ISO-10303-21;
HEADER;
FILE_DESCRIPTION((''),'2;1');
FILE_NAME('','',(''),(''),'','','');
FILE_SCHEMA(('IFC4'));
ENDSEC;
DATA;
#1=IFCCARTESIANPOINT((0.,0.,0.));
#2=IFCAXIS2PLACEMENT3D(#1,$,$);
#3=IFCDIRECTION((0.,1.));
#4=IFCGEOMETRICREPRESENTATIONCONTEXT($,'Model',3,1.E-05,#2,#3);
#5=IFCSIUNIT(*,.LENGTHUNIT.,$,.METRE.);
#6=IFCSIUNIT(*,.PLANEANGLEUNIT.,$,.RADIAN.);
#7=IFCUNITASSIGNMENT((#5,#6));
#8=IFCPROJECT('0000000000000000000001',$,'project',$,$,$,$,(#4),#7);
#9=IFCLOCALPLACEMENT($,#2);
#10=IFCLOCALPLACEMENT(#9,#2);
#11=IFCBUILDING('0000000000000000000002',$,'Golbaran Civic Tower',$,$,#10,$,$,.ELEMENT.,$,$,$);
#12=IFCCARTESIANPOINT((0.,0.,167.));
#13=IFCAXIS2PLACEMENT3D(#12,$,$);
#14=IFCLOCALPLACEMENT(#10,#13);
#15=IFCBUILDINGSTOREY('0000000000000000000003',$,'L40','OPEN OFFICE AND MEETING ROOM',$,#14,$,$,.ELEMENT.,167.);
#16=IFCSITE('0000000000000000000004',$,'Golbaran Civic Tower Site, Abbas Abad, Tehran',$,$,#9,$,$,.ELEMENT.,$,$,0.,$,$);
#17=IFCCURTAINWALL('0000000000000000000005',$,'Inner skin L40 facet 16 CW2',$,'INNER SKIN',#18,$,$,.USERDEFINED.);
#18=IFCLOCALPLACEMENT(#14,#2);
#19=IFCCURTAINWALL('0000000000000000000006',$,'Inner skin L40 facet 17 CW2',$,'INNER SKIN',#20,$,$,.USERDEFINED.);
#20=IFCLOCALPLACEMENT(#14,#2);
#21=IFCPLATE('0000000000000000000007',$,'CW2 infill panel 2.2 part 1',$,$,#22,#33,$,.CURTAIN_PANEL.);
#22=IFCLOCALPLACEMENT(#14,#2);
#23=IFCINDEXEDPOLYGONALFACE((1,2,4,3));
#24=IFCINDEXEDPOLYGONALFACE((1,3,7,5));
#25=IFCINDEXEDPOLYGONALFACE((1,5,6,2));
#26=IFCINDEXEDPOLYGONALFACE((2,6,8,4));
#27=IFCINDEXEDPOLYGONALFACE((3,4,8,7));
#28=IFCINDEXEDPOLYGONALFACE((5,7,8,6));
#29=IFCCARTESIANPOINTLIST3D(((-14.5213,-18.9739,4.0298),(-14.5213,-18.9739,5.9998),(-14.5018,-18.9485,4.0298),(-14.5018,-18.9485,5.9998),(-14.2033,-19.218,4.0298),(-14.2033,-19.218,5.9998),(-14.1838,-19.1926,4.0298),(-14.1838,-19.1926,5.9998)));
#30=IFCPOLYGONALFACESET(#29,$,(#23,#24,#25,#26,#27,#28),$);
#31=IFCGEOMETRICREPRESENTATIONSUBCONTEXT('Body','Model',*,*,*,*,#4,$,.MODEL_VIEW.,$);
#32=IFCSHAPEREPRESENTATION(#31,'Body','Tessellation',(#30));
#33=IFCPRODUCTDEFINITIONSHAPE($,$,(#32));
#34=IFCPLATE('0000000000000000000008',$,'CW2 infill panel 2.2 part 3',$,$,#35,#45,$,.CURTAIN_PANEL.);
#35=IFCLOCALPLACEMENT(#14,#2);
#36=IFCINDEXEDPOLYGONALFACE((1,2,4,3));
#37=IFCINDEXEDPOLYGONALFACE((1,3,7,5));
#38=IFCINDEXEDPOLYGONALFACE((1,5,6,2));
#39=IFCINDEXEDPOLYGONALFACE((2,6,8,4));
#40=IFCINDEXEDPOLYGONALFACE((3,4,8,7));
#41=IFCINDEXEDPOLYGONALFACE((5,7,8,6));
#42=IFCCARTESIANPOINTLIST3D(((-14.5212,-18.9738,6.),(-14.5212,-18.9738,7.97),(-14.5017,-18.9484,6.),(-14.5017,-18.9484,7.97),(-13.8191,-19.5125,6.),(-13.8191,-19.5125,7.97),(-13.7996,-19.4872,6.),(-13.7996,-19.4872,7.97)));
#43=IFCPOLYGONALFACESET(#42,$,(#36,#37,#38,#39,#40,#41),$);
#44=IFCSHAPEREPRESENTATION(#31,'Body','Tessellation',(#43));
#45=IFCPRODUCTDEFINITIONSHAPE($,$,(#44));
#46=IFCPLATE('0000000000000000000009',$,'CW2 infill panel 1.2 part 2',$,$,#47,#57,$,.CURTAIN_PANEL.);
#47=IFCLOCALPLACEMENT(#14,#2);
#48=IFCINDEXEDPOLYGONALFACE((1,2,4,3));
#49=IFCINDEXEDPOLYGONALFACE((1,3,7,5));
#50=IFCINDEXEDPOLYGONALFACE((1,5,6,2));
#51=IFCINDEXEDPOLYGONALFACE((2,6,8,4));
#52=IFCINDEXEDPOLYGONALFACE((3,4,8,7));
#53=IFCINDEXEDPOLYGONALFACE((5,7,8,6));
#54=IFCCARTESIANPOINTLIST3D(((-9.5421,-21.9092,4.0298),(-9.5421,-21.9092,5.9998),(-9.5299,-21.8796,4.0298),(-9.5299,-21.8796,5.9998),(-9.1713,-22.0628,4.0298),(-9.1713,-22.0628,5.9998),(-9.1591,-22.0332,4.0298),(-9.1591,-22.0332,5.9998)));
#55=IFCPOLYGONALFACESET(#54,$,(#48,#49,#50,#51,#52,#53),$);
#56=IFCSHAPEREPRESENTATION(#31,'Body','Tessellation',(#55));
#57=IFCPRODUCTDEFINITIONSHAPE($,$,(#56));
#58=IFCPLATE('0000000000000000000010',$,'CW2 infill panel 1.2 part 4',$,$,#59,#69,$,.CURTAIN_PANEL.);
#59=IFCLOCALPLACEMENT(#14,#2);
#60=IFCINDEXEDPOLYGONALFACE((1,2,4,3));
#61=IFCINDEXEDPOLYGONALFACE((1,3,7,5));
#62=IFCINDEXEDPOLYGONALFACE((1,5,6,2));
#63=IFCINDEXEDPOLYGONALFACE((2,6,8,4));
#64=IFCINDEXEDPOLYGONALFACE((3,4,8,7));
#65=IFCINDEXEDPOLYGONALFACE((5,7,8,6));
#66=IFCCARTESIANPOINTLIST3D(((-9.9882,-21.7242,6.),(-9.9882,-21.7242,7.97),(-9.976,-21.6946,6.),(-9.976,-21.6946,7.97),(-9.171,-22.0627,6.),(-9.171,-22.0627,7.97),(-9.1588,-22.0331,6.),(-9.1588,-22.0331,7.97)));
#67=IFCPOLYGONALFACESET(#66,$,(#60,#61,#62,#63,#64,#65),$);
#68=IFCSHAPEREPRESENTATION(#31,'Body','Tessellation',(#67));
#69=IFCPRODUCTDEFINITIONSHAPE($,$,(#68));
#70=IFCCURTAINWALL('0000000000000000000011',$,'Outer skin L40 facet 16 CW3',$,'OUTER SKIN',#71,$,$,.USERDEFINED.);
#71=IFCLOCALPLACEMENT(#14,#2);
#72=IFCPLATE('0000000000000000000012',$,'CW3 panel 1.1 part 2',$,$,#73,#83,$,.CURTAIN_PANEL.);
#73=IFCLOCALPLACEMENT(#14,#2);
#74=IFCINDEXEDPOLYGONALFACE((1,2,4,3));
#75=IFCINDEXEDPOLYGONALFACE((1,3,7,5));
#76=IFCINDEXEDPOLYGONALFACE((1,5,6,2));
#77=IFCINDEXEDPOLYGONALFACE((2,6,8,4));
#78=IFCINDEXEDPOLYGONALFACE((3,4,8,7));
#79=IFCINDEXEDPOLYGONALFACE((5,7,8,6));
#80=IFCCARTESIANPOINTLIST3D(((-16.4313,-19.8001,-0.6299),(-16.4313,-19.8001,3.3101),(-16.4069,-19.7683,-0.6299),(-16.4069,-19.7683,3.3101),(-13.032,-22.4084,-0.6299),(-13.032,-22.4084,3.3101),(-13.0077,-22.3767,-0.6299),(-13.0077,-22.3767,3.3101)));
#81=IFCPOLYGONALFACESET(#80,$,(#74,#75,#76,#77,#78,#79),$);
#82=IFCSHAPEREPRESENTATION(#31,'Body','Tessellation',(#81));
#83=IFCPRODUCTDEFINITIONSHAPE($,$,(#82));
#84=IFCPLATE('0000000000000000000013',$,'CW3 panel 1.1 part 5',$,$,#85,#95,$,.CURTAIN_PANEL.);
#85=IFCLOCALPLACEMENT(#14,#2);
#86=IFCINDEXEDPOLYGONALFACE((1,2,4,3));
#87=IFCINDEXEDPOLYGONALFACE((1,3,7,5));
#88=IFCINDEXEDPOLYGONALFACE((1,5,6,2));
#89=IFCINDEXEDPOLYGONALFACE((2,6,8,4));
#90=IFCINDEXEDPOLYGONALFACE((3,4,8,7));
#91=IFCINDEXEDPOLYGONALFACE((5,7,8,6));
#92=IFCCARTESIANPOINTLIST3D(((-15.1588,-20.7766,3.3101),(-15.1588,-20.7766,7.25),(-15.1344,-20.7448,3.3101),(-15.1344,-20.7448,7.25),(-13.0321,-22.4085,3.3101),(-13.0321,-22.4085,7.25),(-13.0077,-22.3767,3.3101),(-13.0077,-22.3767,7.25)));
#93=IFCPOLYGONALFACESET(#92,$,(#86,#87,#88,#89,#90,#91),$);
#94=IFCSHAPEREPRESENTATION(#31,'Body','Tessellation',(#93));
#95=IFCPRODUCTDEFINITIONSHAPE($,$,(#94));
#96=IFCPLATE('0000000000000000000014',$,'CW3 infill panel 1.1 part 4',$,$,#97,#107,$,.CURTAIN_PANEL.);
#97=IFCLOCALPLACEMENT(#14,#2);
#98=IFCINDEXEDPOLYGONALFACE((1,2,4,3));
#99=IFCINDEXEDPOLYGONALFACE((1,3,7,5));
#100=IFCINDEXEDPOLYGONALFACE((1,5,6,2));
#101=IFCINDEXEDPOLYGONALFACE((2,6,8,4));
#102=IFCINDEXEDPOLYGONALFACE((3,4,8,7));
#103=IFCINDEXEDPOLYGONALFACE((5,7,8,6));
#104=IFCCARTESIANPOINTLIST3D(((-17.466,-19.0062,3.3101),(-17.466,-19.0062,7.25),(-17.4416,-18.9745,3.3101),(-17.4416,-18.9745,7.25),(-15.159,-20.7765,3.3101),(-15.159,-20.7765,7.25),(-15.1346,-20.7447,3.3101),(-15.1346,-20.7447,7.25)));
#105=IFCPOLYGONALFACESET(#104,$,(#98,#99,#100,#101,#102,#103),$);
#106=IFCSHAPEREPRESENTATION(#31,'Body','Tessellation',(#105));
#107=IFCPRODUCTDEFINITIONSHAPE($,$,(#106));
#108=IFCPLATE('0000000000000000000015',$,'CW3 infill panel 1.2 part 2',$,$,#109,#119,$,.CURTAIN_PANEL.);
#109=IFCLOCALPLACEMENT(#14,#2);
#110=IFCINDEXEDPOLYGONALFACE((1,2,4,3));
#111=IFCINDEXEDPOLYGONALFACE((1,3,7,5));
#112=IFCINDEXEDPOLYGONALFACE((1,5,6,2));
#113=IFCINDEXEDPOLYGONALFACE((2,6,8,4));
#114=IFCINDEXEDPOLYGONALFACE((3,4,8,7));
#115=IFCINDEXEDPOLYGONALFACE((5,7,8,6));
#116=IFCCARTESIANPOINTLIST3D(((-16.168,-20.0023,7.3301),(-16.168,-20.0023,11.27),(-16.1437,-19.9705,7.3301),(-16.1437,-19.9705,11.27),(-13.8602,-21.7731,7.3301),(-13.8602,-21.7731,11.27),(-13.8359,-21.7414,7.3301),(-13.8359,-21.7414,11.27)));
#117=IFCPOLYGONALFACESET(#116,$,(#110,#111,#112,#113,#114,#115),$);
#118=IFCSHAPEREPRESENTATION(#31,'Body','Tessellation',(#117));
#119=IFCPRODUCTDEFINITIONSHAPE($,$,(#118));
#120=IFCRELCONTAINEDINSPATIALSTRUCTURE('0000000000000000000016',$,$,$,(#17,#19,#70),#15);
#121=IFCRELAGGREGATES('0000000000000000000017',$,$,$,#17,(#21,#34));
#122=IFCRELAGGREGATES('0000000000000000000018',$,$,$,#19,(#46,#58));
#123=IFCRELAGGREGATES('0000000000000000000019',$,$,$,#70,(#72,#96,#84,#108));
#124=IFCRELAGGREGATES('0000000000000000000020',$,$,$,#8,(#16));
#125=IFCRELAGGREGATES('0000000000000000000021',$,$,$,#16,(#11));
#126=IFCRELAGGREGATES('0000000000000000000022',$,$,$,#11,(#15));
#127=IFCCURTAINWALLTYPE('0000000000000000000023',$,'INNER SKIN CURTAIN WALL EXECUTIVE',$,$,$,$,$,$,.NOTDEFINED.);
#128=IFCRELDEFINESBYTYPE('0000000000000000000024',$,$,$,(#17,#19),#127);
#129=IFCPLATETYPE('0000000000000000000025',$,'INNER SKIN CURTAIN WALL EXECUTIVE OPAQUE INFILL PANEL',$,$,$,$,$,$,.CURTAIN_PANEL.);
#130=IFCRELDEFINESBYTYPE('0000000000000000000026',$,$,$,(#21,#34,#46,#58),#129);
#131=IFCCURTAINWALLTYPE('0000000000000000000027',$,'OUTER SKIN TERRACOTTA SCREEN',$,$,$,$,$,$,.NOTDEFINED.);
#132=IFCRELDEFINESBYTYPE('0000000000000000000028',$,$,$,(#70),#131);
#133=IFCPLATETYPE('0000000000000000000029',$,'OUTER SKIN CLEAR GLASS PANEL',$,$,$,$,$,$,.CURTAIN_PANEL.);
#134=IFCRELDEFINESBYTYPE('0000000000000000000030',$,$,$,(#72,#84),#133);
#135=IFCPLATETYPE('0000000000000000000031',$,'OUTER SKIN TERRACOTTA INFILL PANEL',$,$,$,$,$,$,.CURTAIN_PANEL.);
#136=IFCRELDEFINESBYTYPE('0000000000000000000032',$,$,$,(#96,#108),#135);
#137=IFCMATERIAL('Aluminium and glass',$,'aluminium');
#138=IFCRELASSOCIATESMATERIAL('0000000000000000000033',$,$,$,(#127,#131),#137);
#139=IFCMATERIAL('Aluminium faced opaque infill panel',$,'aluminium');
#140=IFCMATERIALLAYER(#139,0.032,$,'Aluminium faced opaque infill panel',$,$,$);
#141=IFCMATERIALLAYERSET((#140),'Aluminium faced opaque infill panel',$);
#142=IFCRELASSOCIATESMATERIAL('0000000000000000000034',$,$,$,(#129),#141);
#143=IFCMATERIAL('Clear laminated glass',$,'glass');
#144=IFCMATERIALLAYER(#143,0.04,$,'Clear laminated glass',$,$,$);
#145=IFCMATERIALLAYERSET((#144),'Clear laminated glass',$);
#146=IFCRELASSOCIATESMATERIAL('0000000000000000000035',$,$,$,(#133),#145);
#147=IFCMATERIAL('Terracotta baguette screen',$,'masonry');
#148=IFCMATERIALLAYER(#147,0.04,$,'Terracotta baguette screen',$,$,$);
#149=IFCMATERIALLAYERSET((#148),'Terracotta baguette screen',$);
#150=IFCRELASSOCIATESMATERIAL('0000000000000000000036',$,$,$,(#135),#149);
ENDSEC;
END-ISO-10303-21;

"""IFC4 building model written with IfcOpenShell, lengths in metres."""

from ifc_helpers import new_model, si_unit, direction, frame, origin, origin_2d, place, context, subcontext, project, spatial, rectangle, extrude, material, layer, layer_set, type_object, element, aggregate, save


model = new_model("IFC4")

# Units and contexts
model_context = context("Model", 3, precision=1e-05, world=origin(), true_north=direction((0.0, 1.0)))
body_context = subcontext(model_context, "Body", "Model", "MODEL_VIEW")
ifc_project = project(units=[si_unit("LENGTHUNIT", "METRE"), si_unit("PLANEANGLEUNIT", "RADIAN")], contexts=[model_context])

# Site, building, storey
site_placement = place(None, origin())
site = spatial("IfcSite", under=ifc_project, at=site_placement, Name="Golbaran Civic Tower Site, Abbas Abad, Tehran", CompositionType="ELEMENT", RefElevation=0.0)
building_placement = place(site_placement, origin())
building = spatial("IfcBuilding", under=site, at=building_placement, Name="Golbaran Civic Tower", CompositionType="ELEMENT")
storey_placement = place(building_placement, frame((0.0, 0.0, 167.0)))
storey = spatial("IfcBuildingStorey", under=building, at=storey_placement, Name="L40", Description="OPEN OFFICE AND MEETING ROOM", CompositionType="ELEMENT", Elevation=167.0)

# Curtain wall
ifc_material_1 = material(Name="Aluminium and glass", Category="aluminium")
curtain_wall_type_1 = type_object("IfcCurtainWallType", Name="INNER SKIN CURTAIN WALL EXECUTIVE", PredefinedType="NOTDEFINED", material=ifc_material_1)
curtain_wall_1_placement = place(storey_placement, origin())
curtain_wall_1 = element("IfcCurtainWall", 1, at=curtain_wall_1_placement, inside=storey, type_object=curtain_wall_type_1, Name="Inner skin L40 facet 16 CW2", ObjectType="INNER SKIN", PredefinedType="USERDEFINED")

# Curtain wall
curtain_wall_2_placement = place(storey_placement, origin())
curtain_wall_2 = element("IfcCurtainWall", 2, at=curtain_wall_2_placement, inside=storey, type_object=curtain_wall_type_1, Name="Inner skin L40 facet 17 CW2", ObjectType="INNER SKIN", PredefinedType="USERDEFINED")

# Plates
ifc_material_2 = material(Name="Aluminium faced opaque infill panel", Category="aluminium")
ifc_layer_1 = layer(ifc_material_2, 0.032, Name="Aluminium faced opaque infill panel")
ifc_layer_set_1 = layer_set([ifc_layer_1], Name="Aluminium faced opaque infill panel")
plate_type_1 = type_object("IfcPlateType", Name="INNER SKIN CURTAIN WALL EXECUTIVE OPAQUE INFILL PANEL", PredefinedType="CURTAIN_PANEL", material=ifc_layer_set_1)
plate_1_placement = place(storey_placement, frame((-14.3525, -19.0833, 4.0298), z_axis=(0.0, 0.0, 1.0), x_axis=(0.793353, -0.608761, 0.0)))
plate_1 = element("IfcPlate", 3, at=plate_1_placement, type_object=plate_type_1, Name="CW2 infill panel 2.2 part 1", PredefinedType="CURTAIN_PANEL", context=body_context, shape_type="SweptSolid", body=[
    extrude(rectangle(XDim=0.4009, YDim=0.032, at=origin_2d()), origin(), (0.0, 0.0, 1.0), 1.97),
])
plate_2_placement = place(storey_placement, frame((-14.1604, -19.2305, 6.0), z_axis=(0.0, 0.0, 1.0), x_axis=(0.793353, -0.608761, 0.0)))
plate_2 = element("IfcPlate", 4, at=plate_2_placement, type_object=plate_type_1, Name="CW2 infill panel 2.2 part 3", PredefinedType="CURTAIN_PANEL", context=body_context, shape_type="SweptSolid", body=[
    extrude(rectangle(XDim=0.885, YDim=0.032, at=origin_2d()), origin(), (0.0, 0.0, 1.0), 1.97),
])
aggregate(curtain_wall_1, [plate_1, plate_2])
plate_3_placement = place(storey_placement, frame((-9.3506, -21.9712, 4.0298), z_axis=(0.0, 0.0, 1.0), x_axis=(0.92388, -0.382683, 0.0)))
plate_3 = element("IfcPlate", 5, at=plate_3_placement, type_object=plate_type_1, Name="CW2 infill panel 1.2 part 2", PredefinedType="CURTAIN_PANEL", context=body_context, shape_type="SweptSolid", body=[
    extrude(rectangle(XDim=0.4014, YDim=0.032, at=origin_2d()), origin(), (0.0, 0.0, 1.0), 1.97),
])
plate_4_placement = place(storey_placement, frame((-9.5735, -21.8787, 6.0), z_axis=(0.0, 0.0, 1.0), x_axis=(0.92388, -0.382683, 0.0)))
plate_4 = element("IfcPlate", 6, at=plate_4_placement, type_object=plate_type_1, Name="CW2 infill panel 1.2 part 4", PredefinedType="CURTAIN_PANEL", context=body_context, shape_type="SweptSolid", body=[
    extrude(rectangle(XDim=0.8845, YDim=0.032, at=origin_2d()), origin(), (0.0, 0.0, 1.0), 1.97),
])
aggregate(curtain_wall_2, [plate_3, plate_4])

# Curtain wall, plates
curtain_wall_type_2 = type_object("IfcCurtainWallType", Name="OUTER SKIN TERRACOTTA SCREEN", PredefinedType="NOTDEFINED", material=ifc_material_1)
curtain_wall_3_placement = place(storey_placement, origin())
curtain_wall_3 = element("IfcCurtainWall", 7, at=curtain_wall_3_placement, inside=storey, type_object=curtain_wall_type_2, Name="Outer skin L40 facet 16 CW3", ObjectType="OUTER SKIN", PredefinedType="USERDEFINED")
ifc_material_3 = material(Name="Clear laminated glass", Category="glass")
ifc_layer_2 = layer(ifc_material_3, 0.04, Name="Clear laminated glass")
ifc_layer_set_2 = layer_set([ifc_layer_2], Name="Clear laminated glass")
plate_type_2 = type_object("IfcPlateType", Name="OUTER SKIN CLEAR GLASS PANEL", PredefinedType="CURTAIN_PANEL", material=ifc_layer_set_2)
plate_5_placement = place(storey_placement, frame((-14.7195, -21.0884, -0.6299), z_axis=(0.0, 0.0, 1.0), x_axis=(0.793353, -0.608761, 0.0)))
plate_5 = element("IfcPlate", 8, at=plate_5_placement, type_object=plate_type_2, Name="CW3 panel 1.1 part 2", PredefinedType="CURTAIN_PANEL", context=body_context, shape_type="SweptSolid", body=[
    extrude(rectangle(XDim=4.2847, YDim=0.04, at=origin_2d()), origin(), (0.0, 0.0, 1.0), 3.9399),
])
plate_6_placement = place(storey_placement, frame((-14.0833, -21.5767, 3.3101), z_axis=(0.0, 0.0, 1.0), x_axis=(0.793353, -0.608761, 0.0)))
plate_6 = element("IfcPlate", 9, at=plate_6_placement, type_object=plate_type_2, Name="CW3 panel 1.1 part 5", PredefinedType="CURTAIN_PANEL", context=body_context, shape_type="SweptSolid", body=[
    extrude(rectangle(XDim=2.6807, YDim=0.04, at=origin_2d()), origin(), (0.0, 0.0, 1.0), 3.9399),
])
ifc_material_4 = material(Name="Terracotta baguette screen", Category="masonry")
ifc_layer_3 = layer(ifc_material_4, 0.04, Name="Terracotta baguette screen")
ifc_layer_set_3 = layer_set([ifc_layer_3], Name="Terracotta baguette screen")
plate_type_3 = type_object("IfcPlateType", Name="OUTER SKIN TERRACOTTA INFILL PANEL", PredefinedType="CURTAIN_PANEL", material=ifc_layer_set_3)
plate_7_placement = place(storey_placement, frame((-16.3003, -19.8755, 3.3101), z_axis=(0.0, 0.0, 1.0), x_axis=(0.793353, -0.608761, 0.0)))
plate_7 = element("IfcPlate", 10, at=plate_7_placement, type_object=plate_type_3, Name="CW3 infill panel 1.1 part 4", PredefinedType="CURTAIN_PANEL", context=body_context, shape_type="SweptSolid", body=[
    extrude(rectangle(XDim=2.908, YDim=0.04, at=origin_2d()), origin(), (0.0, 0.0, 1.0), 3.9399),
])
plate_8_placement = place(storey_placement, frame((-15.002, -20.8718, 7.3301), z_axis=(0.0, 0.0, 1.0), x_axis=(0.793353, -0.608761, 0.0)))
plate_8 = element("IfcPlate", 11, at=plate_8_placement, type_object=plate_type_3, Name="CW3 infill panel 1.2 part 2", PredefinedType="CURTAIN_PANEL", context=body_context, shape_type="SweptSolid", body=[
    extrude(rectangle(XDim=2.9089, YDim=0.04, at=origin_2d()), origin(), (0.0, 0.0, 1.0), 3.9399),
])
aggregate(curtain_wall_3, [plate_5, plate_7, plate_6, plate_8])

save(model, "model.ifc")
